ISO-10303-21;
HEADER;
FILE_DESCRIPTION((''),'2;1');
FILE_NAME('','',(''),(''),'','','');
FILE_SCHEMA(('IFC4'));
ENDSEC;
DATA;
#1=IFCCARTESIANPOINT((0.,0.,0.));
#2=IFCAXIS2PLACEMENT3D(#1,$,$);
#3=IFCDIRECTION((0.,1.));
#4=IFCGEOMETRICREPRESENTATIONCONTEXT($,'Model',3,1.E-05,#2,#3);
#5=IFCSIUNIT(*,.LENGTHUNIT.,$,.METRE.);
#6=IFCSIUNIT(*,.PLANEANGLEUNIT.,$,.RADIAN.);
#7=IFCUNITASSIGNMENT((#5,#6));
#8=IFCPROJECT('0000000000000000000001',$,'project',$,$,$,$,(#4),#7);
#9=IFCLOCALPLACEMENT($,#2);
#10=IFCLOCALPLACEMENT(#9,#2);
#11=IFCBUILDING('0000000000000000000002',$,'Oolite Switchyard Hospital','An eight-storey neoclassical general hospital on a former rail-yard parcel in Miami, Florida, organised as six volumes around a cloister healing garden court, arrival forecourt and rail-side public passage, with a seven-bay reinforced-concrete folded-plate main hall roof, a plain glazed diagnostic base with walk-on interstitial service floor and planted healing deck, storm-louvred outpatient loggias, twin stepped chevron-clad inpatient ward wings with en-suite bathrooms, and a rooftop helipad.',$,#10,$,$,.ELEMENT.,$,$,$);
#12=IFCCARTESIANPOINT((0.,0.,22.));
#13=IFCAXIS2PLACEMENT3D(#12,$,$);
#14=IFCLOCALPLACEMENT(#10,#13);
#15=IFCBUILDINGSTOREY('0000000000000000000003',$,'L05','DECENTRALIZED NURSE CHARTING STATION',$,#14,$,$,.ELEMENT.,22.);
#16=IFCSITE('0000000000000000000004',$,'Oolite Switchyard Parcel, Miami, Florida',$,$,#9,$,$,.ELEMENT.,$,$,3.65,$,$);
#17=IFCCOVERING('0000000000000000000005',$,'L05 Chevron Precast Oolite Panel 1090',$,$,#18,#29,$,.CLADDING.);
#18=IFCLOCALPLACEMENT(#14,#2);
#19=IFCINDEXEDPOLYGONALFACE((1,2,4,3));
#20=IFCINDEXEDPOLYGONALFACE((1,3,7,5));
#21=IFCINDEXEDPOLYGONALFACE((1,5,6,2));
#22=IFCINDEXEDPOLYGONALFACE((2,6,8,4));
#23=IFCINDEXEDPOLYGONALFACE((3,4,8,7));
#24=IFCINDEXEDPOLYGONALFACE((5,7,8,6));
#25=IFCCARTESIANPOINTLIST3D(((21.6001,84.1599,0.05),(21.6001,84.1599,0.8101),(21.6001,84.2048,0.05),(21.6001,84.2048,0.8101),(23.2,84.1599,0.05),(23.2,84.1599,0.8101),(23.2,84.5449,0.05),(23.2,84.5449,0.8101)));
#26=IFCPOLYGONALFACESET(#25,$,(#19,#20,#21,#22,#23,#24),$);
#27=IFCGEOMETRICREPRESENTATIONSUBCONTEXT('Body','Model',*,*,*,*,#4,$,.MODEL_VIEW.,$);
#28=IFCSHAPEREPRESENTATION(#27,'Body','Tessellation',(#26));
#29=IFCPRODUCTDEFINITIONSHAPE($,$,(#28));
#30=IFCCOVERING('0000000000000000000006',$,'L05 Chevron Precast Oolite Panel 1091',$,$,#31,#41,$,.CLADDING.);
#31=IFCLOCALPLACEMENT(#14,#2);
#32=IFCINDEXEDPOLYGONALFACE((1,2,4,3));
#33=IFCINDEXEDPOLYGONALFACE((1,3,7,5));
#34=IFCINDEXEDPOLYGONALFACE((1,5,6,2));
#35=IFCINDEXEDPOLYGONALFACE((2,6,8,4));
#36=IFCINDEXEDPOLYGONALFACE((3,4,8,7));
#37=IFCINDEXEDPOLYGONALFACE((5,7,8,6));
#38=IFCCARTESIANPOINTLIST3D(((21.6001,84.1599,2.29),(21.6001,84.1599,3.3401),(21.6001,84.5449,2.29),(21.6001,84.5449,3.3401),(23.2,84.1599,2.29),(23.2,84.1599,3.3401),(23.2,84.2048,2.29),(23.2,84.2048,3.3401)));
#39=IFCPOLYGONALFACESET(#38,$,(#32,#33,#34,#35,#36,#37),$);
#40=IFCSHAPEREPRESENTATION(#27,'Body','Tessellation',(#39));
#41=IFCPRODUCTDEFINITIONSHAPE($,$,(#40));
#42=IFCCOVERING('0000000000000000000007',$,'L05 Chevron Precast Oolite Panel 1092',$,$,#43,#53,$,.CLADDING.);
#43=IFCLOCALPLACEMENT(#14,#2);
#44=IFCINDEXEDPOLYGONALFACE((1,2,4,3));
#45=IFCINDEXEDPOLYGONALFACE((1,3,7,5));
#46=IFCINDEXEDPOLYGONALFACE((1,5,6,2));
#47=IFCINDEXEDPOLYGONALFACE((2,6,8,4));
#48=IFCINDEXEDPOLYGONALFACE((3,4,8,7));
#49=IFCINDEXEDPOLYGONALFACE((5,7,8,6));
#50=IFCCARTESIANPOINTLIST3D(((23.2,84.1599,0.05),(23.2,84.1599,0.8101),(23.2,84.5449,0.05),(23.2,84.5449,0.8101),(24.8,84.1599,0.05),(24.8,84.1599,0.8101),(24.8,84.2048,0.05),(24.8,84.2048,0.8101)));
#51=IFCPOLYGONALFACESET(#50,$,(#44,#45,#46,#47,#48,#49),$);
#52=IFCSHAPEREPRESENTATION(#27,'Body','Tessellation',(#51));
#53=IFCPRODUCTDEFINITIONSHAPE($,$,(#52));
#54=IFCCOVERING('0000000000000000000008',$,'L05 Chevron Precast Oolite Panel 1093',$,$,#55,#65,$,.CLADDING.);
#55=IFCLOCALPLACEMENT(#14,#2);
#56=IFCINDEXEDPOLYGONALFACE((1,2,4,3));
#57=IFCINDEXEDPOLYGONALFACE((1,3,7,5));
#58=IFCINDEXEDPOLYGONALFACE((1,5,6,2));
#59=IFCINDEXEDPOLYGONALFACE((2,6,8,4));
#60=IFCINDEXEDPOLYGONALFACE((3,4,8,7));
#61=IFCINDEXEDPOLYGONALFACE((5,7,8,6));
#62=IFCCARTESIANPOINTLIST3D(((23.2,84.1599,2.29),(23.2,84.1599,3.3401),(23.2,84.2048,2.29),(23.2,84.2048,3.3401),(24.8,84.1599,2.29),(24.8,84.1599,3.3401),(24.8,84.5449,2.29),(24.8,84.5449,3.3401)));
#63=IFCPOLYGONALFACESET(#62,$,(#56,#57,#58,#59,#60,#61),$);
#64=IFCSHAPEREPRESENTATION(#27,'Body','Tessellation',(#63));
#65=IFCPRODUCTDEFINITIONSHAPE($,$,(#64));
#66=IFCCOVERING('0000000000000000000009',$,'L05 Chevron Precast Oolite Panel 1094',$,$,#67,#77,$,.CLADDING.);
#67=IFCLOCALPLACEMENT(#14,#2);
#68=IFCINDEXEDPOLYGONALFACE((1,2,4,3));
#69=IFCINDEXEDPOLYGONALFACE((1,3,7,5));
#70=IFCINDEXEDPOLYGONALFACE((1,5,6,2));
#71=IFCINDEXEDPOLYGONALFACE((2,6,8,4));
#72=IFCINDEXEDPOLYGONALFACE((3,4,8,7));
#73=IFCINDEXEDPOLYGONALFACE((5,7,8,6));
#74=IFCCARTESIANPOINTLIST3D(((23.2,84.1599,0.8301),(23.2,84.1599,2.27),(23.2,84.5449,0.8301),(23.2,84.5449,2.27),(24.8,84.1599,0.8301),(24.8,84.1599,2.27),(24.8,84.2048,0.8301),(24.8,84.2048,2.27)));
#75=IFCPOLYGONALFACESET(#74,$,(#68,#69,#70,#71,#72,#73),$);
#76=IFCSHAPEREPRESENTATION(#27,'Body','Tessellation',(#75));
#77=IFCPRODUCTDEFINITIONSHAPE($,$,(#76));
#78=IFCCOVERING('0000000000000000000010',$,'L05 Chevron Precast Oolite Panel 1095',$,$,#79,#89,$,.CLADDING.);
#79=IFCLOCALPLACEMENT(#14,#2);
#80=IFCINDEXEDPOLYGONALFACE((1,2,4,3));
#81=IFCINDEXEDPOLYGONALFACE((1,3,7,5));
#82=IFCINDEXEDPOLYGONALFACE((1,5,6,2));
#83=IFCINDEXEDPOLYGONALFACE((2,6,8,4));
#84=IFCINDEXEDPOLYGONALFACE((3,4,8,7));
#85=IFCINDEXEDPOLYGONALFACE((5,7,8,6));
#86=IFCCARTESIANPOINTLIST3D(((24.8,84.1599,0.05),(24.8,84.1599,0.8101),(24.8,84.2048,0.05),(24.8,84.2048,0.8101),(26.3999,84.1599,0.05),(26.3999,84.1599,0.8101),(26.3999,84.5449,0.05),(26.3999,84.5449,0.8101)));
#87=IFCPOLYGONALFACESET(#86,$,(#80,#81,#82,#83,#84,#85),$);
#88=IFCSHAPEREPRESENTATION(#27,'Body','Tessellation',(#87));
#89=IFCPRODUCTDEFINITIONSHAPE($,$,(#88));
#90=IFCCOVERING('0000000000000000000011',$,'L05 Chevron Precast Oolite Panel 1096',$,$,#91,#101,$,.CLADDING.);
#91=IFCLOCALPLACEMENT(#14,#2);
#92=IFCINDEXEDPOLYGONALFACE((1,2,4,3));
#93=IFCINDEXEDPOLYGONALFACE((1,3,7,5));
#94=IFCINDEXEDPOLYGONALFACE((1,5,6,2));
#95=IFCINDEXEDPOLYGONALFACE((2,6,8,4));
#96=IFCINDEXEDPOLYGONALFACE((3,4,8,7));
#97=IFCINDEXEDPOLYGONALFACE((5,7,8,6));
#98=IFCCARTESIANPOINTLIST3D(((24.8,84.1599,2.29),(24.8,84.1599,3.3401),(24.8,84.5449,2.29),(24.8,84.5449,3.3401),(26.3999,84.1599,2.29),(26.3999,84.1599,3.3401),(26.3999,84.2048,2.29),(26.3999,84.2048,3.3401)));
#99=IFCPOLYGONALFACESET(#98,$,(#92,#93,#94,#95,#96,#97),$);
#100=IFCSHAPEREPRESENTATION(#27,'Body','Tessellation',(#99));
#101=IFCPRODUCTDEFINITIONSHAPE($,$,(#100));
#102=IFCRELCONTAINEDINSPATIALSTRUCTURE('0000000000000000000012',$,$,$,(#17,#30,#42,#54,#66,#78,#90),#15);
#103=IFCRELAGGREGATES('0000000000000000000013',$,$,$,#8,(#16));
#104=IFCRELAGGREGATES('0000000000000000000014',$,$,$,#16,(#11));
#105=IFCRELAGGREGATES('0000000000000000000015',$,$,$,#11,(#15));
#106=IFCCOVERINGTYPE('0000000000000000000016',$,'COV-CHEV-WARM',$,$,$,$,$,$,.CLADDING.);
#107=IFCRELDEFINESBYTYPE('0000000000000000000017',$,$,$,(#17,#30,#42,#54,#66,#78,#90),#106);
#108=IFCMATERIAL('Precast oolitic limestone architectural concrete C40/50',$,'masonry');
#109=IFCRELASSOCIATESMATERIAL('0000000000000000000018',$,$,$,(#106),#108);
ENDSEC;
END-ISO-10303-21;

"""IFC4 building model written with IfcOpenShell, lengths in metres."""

from ifc_helpers import new_model, si_unit, direction, frame, origin, place, context, subcontext, project, spatial, polyline, outline, extrude, material, type_object, element, save


model = new_model("IFC4")

# Units and contexts
model_context = context("Model", 3, precision=1e-05, world=origin(), true_north=direction((0.0, 1.0)))
body_context = subcontext(model_context, "Body", "Model", "MODEL_VIEW")
ifc_project = project(units=[si_unit("LENGTHUNIT", "METRE"), si_unit("PLANEANGLEUNIT", "RADIAN")], contexts=[model_context])

# Site, building, storey
site_placement = place(None, origin())
site = spatial("IfcSite", under=ifc_project, at=site_placement, Name="Oolite Switchyard Parcel, Miami, Florida", CompositionType="ELEMENT", RefElevation=3.65)
building_placement = place(site_placement, origin())
building = spatial("IfcBuilding", under=site, at=building_placement, Name="Oolite Switchyard Hospital", Description="An eight-storey neoclassical general hospital on a former rail-yard parcel in Miami, Florida, organised as six volumes around a cloister healing garden court, arrival forecourt and rail-side public passage, with a seven-bay reinforced-concrete folded-plate main hall roof, a plain glazed diagnostic base with walk-on interstitial service floor and planted healing deck, storm-louvred outpatient loggias, twin stepped chevron-clad inpatient ward wings with en-suite bathrooms, and a rooftop helipad.", CompositionType="ELEMENT")
storey_placement = place(building_placement, frame((0.0, 0.0, 22.0)))
storey = spatial("IfcBuildingStorey", under=building, at=storey_placement, Name="L05", Description="DECENTRALIZED NURSE CHARTING STATION", CompositionType="ELEMENT", Elevation=22.0)

# Shared definitions
ifc_material_1 = material(Name="Precast oolitic limestone architectural concrete C40/50", Category="masonry")

# Coverings
covering_type = type_object("IfcCoveringType", Name="COV-CHEV-WARM", PredefinedType="CLADDING", material=ifc_material_1)
covering_1_placement = place(storey_placement, frame((21.6001, 84.1599, 0.05), z_axis=(0.0, 0.0, 1.0), x_axis=(1.0, 0.0, 0.0)))
element("IfcCovering", 1, at=covering_1_placement, inside=storey, type_object=covering_type, Name="L05 Chevron Precast Oolite Panel 1090", PredefinedType="CLADDING", context=body_context, shape_type="SweptSolid", body=[
    extrude(outline(polyline([(0.0, 0.0), (1.5999, 0.0), (1.5999, 0.385), (0.0, 0.0449), (0.0, 0.0)])), origin(), (0.0, 0.0, 1.0), 0.76),
])
covering_2_placement = place(storey_placement, frame((21.6001, 84.1599, 2.29), z_axis=(0.0, 0.0, 1.0), x_axis=(1.0, 0.0, 0.0)))
element("IfcCovering", 2, at=covering_2_placement, inside=storey, type_object=covering_type, Name="L05 Chevron Precast Oolite Panel 1091", PredefinedType="CLADDING", context=body_context, shape_type="SweptSolid", body=[
    extrude(outline(polyline([(0.0, 0.0), (1.5999, 0.0), (1.5999, 0.0449), (0.0, 0.385), (0.0, 0.0)])), origin(), (0.0, 0.0, 1.0), 1.05),
])
covering_3_placement = place(storey_placement, frame((23.2, 84.1599, 0.05), z_axis=(0.0, 0.0, 1.0), x_axis=(1.0, 0.0, 0.0)))
element("IfcCovering", 3, at=covering_3_placement, inside=storey, type_object=covering_type, Name="L05 Chevron Precast Oolite Panel 1092", PredefinedType="CLADDING", context=body_context, shape_type="SweptSolid", body=[
    extrude(outline(polyline([(0.0, 0.0), (1.6001, 0.0), (1.6001, 0.0449), (0.0, 0.385), (0.0, 0.0)])), origin(), (0.0, 0.0, 1.0), 0.76),
])
covering_4_placement = place(storey_placement, frame((23.2, 84.1599, 2.29), z_axis=(0.0, 0.0, 1.0), x_axis=(1.0, 0.0, 0.0)))
element("IfcCovering", 4, at=covering_4_placement, inside=storey, type_object=covering_type, Name="L05 Chevron Precast Oolite Panel 1093", PredefinedType="CLADDING", context=body_context, shape_type="SweptSolid", body=[
    extrude(outline(polyline([(0.0, 0.0), (1.6001, 0.0), (1.6001, 0.385), (0.0, 0.0449), (0.0, 0.0)])), origin(), (0.0, 0.0, 1.0), 1.05),
])
covering_5_placement = place(storey_placement, frame((23.2, 84.1599, 0.8301), z_axis=(0.0, 0.0, 1.0), x_axis=(1.0, 0.0, 0.0)))
element("IfcCovering", 5, at=covering_5_placement, inside=storey, type_object=covering_type, Name="L05 Chevron Precast Oolite Panel 1094", PredefinedType="CLADDING", context=body_context, shape_type="SweptSolid", body=[
    extrude(outline(polyline([(0.0, 0.0), (1.6001, 0.0), (1.6001, 0.0449), (0.0, 0.385), (0.0, 0.0)])), origin(), (0.0, 0.0, 1.0), 1.4399),
])
covering_6_placement = place(storey_placement, frame((24.8, 84.1599, 0.05), z_axis=(0.0, 0.0, 1.0), x_axis=(1.0, 0.0, 0.0)))
element("IfcCovering", 6, at=covering_6_placement, inside=storey, type_object=covering_type, Name="L05 Chevron Precast Oolite Panel 1095", PredefinedType="CLADDING", context=body_context, shape_type="SweptSolid", body=[
    extrude(outline(polyline([(0.0, 0.0), (1.5999, 0.0), (1.5999, 0.385), (0.0, 0.0449), (0.0, 0.0)])), origin(), (0.0, 0.0, 1.0), 0.76),
])
covering_7_placement = place(storey_placement, frame((24.8, 84.1599, 2.29), z_axis=(0.0, 0.0, 1.0), x_axis=(1.0, 0.0, 0.0)))
element("IfcCovering", 7, at=covering_7_placement, inside=storey, type_object=covering_type, Name="L05 Chevron Precast Oolite Panel 1096", PredefinedType="CLADDING", context=body_context, shape_type="SweptSolid", body=[
    extrude(outline(polyline([(0.0, 0.0), (1.5999, 0.0), (1.5999, 0.0449), (0.0, 0.385), (0.0, 0.0)])), origin(), (0.0, 0.0, 1.0), 1.05),
])

save(model, "model.ifc")
